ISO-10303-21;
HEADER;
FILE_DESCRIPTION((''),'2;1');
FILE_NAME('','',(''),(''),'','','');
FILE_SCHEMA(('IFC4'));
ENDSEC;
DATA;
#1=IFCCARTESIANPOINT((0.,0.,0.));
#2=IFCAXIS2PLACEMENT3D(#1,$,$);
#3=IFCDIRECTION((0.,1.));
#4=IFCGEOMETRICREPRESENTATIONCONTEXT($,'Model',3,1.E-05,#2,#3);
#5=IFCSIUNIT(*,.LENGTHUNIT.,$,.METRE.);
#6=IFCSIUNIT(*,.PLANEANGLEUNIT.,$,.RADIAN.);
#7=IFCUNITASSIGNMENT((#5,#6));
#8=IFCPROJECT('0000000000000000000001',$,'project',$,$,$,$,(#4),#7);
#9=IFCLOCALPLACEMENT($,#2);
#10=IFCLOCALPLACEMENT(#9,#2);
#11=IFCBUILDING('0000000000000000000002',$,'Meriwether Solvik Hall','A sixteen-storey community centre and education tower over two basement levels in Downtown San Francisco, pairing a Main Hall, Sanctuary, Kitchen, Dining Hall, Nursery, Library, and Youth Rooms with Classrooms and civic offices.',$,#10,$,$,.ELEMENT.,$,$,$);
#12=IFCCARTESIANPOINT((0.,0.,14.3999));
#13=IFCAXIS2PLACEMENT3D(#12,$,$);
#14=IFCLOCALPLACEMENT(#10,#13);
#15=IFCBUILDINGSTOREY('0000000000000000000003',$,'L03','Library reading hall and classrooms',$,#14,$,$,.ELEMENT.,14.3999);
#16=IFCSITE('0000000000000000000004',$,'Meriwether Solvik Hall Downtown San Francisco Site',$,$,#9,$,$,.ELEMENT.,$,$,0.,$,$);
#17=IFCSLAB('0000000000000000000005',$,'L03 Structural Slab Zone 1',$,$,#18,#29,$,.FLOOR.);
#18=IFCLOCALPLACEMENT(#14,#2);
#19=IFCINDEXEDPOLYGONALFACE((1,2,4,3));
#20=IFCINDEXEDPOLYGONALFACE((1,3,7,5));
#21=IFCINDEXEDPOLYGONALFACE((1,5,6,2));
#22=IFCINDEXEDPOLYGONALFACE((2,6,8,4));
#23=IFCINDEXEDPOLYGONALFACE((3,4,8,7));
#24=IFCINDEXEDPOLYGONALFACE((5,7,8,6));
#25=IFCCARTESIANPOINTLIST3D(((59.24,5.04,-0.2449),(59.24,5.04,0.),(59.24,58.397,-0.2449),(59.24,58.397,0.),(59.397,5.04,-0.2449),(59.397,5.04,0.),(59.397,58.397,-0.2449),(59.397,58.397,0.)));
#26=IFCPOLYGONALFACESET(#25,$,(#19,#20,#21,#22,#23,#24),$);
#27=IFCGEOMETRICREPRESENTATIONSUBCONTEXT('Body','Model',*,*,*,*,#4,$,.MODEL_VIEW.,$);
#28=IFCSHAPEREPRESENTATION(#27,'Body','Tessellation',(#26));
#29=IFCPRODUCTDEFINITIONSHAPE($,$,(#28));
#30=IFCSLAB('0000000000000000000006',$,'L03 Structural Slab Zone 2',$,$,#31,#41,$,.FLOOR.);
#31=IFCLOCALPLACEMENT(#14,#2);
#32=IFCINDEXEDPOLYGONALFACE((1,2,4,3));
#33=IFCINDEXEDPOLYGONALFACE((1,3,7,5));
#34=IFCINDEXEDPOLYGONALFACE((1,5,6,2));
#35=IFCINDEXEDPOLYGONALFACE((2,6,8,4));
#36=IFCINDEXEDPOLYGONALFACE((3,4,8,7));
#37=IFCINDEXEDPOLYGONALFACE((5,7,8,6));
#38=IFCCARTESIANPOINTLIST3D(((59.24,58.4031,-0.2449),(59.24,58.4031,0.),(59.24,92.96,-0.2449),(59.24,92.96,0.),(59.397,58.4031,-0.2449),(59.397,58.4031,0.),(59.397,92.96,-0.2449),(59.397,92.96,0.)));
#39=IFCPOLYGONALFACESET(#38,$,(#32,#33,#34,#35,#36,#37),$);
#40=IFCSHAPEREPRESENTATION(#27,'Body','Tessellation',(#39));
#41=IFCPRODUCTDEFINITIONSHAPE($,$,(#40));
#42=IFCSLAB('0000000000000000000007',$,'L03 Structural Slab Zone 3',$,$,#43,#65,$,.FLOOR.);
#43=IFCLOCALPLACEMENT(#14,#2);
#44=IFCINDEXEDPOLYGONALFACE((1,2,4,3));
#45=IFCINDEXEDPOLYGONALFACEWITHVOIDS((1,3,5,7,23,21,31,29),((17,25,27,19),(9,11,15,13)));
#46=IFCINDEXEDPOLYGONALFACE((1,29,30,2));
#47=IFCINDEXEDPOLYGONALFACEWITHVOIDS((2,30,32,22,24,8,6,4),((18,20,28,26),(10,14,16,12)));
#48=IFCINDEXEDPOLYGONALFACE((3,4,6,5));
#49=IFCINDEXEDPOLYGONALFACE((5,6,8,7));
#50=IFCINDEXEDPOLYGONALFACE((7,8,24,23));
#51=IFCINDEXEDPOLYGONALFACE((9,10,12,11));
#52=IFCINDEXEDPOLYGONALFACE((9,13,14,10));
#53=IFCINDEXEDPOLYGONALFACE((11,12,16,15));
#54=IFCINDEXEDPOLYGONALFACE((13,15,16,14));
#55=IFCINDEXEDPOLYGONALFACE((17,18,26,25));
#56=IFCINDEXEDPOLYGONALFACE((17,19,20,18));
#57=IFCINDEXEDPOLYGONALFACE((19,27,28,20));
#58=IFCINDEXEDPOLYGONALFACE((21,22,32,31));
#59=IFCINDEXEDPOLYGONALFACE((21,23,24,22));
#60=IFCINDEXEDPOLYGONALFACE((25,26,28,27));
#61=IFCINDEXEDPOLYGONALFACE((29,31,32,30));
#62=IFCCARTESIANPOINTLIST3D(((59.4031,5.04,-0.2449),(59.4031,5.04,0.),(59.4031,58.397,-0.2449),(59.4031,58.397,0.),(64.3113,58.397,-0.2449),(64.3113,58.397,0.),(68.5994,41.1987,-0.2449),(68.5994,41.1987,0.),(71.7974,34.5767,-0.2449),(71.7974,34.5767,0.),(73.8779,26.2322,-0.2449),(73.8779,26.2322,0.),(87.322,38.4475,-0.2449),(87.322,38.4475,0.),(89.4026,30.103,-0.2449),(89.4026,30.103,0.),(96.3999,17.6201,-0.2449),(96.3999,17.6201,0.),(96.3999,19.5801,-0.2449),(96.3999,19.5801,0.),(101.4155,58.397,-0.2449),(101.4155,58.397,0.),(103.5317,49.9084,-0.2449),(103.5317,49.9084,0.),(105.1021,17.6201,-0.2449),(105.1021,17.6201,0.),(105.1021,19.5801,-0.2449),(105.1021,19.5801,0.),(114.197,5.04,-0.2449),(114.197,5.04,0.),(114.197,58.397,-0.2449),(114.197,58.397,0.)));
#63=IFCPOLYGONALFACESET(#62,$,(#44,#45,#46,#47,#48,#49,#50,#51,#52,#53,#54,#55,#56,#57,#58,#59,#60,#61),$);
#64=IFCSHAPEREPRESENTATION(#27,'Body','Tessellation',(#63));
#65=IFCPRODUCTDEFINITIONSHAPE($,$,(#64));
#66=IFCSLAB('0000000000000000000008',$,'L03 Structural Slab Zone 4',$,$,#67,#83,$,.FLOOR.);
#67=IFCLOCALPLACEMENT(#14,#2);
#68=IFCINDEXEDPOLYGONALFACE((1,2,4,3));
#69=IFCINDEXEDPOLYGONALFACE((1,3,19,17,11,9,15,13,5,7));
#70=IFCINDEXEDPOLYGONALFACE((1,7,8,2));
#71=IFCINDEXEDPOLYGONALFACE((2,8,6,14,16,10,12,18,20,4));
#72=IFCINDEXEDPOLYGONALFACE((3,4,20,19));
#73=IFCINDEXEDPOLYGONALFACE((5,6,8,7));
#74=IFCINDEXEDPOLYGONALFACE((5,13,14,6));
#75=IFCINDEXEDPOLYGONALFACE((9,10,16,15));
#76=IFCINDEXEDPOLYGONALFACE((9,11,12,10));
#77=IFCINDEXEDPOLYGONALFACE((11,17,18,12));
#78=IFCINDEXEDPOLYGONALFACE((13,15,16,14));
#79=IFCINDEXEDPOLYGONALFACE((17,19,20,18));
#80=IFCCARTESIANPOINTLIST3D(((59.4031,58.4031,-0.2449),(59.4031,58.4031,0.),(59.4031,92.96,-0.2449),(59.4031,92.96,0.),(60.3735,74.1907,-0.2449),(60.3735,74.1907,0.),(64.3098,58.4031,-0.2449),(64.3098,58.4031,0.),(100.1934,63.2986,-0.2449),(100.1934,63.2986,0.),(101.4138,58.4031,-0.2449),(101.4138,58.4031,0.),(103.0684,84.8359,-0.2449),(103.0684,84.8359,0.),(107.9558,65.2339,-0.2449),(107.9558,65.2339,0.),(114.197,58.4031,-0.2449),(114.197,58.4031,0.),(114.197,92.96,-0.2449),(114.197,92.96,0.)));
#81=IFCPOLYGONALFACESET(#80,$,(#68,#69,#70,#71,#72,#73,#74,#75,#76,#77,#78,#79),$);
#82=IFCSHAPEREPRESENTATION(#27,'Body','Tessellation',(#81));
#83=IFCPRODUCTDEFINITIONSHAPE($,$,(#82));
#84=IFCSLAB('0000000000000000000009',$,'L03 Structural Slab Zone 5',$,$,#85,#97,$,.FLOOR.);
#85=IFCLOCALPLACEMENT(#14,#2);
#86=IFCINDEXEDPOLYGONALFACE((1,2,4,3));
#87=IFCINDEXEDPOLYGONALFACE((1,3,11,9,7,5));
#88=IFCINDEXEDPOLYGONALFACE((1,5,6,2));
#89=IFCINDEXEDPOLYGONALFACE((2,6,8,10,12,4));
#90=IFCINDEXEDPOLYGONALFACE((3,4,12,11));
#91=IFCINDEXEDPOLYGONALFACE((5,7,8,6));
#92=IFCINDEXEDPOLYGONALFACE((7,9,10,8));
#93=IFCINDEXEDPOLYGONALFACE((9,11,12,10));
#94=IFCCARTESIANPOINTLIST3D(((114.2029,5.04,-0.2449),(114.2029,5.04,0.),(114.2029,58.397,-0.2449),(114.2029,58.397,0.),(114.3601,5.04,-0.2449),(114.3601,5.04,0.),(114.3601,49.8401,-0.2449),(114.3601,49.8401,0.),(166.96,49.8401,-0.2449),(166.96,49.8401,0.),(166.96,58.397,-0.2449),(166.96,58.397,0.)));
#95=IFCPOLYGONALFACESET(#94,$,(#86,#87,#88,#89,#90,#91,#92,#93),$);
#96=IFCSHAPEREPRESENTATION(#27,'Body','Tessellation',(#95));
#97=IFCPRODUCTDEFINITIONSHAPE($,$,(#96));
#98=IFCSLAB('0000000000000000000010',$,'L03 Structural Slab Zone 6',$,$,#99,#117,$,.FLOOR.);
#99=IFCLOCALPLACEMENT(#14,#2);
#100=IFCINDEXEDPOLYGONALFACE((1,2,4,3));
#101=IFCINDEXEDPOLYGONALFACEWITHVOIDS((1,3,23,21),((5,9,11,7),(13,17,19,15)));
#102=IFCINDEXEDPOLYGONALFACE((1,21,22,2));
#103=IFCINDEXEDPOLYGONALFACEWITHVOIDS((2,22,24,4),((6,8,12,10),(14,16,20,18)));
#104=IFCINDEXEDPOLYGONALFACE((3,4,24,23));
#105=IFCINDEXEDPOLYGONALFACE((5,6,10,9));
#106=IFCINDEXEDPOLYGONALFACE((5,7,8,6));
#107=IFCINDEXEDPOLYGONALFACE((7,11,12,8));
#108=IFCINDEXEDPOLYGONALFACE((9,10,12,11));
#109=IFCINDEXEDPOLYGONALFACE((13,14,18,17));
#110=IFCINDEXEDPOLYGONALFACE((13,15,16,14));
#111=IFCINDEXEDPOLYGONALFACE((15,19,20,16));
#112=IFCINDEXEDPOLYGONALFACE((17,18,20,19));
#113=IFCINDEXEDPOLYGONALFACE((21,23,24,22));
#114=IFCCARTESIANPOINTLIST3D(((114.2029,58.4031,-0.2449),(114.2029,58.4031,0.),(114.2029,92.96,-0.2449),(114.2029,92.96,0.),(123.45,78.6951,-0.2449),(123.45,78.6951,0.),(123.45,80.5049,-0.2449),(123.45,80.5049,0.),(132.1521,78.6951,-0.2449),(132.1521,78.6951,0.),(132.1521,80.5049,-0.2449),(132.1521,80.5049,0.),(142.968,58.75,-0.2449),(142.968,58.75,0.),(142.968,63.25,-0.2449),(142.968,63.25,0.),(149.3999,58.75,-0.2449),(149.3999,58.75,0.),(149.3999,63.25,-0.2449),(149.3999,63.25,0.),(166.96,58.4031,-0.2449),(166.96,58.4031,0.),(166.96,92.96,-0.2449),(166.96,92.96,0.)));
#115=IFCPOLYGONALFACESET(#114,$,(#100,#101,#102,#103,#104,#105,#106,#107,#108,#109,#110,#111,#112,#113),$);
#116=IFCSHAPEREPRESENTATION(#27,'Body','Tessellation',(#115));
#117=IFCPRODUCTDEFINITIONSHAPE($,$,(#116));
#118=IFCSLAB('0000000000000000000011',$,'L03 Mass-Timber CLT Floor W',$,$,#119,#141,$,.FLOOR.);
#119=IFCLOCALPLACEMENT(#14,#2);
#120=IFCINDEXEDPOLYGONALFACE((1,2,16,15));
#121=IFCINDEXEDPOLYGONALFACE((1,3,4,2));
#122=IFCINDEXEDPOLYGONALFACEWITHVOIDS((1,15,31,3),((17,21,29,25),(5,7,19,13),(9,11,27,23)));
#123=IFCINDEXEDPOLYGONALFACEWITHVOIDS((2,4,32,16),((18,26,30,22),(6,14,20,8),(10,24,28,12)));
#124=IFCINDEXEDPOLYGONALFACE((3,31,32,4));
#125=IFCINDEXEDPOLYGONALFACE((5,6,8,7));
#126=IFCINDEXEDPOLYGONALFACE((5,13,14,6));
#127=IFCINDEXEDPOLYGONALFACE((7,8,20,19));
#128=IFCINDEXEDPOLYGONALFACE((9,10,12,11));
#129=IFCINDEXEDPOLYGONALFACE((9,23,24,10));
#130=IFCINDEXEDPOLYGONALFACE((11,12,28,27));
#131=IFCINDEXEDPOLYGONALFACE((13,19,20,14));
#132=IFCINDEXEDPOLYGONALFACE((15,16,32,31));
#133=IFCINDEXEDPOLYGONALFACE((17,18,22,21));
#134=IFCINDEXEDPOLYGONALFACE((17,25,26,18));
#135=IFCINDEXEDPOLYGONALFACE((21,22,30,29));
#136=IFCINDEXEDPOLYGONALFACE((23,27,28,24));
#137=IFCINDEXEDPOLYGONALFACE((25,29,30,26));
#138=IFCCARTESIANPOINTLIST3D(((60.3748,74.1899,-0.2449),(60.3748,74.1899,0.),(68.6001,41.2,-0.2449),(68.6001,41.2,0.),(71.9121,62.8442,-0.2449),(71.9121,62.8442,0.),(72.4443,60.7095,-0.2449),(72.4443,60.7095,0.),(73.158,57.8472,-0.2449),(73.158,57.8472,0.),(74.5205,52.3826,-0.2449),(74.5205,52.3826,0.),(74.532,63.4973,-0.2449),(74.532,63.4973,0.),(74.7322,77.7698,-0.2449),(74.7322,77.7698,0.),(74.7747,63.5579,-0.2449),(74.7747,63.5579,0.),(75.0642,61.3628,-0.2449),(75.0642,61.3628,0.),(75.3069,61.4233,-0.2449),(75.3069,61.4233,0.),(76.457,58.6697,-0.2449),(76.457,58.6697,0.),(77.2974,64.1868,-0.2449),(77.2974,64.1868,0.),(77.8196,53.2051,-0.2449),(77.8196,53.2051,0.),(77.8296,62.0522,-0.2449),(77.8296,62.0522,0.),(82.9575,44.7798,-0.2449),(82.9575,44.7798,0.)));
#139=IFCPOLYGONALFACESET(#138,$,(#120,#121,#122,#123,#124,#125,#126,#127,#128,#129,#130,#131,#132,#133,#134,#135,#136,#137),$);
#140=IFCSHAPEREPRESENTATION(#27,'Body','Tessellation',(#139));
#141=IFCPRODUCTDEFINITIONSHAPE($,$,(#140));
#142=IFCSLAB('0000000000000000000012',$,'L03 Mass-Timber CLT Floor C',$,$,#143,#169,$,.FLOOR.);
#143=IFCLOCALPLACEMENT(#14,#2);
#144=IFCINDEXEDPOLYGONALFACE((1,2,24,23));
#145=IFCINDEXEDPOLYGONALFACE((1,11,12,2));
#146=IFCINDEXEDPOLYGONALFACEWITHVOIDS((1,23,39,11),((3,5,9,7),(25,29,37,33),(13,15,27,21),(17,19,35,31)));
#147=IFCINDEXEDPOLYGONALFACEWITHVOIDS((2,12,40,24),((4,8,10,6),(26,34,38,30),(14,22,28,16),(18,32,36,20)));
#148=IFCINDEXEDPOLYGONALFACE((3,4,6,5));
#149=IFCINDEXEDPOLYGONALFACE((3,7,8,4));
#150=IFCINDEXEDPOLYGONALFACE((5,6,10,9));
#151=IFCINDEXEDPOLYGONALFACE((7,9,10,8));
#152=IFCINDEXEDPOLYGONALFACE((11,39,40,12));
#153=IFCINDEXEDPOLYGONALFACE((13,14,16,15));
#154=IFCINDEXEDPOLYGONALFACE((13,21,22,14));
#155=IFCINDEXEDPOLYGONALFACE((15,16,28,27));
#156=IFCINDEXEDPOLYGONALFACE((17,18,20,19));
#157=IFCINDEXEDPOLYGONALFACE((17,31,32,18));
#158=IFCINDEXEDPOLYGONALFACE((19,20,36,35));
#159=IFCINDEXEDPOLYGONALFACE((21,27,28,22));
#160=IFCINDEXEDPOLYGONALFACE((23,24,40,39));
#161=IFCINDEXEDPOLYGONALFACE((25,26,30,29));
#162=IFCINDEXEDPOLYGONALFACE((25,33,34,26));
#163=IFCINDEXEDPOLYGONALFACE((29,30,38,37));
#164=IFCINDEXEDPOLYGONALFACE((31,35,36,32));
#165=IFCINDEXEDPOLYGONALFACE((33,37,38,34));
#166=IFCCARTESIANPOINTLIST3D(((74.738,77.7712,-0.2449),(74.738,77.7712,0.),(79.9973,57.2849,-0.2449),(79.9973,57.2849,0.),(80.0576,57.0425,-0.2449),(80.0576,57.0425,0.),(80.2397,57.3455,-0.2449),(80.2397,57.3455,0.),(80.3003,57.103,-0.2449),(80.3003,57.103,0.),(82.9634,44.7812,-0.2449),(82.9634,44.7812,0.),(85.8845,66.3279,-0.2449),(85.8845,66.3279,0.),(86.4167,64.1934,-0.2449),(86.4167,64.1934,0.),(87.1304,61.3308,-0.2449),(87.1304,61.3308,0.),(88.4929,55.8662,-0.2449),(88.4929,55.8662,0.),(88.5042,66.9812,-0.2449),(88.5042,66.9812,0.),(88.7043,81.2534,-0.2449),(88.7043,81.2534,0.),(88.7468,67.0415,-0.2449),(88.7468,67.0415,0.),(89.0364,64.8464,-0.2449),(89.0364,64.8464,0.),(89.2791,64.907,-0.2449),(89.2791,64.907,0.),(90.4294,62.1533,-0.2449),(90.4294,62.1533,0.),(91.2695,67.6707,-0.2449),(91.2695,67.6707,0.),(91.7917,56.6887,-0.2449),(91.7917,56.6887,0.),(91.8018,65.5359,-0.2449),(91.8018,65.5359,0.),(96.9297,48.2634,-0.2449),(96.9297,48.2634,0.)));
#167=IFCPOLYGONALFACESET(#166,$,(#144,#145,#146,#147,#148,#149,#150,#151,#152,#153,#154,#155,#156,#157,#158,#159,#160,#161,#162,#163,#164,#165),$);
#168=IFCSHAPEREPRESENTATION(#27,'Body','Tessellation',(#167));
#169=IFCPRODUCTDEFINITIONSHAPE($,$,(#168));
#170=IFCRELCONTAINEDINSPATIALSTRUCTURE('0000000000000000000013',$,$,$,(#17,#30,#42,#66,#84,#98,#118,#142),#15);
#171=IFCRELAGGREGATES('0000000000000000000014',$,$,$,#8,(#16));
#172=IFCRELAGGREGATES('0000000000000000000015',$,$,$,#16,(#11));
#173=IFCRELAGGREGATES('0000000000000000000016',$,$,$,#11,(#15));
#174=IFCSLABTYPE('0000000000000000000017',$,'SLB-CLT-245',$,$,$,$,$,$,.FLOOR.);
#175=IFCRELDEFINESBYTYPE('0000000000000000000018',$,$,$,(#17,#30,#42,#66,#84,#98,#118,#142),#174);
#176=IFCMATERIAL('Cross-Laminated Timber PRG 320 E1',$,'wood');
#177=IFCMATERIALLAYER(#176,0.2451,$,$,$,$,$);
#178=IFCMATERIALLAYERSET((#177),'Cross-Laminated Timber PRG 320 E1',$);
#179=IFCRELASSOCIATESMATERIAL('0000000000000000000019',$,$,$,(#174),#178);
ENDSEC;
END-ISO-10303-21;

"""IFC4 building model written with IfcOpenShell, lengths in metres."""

from ifc_helpers import new_model, si_unit, direction, frame, origin, place, context, subcontext, project, spatial, polyline, outline, extrude, material, layer, layer_set, type_object, element, save


model = new_model("IFC4")

# Units and contexts
model_context = context("Model", 3, precision=1e-05, world=origin(), true_north=direction((0.0, 1.0)))
body_context = subcontext(model_context, "Body", "Model", "MODEL_VIEW")
ifc_project = project(units=[si_unit("LENGTHUNIT", "METRE"), si_unit("PLANEANGLEUNIT", "RADIAN")], contexts=[model_context])

# Site, building, storey
site_placement = place(None, origin())
site = spatial("IfcSite", under=ifc_project, at=site_placement, Name="Meriwether Solvik Hall Downtown San Francisco Site", CompositionType="ELEMENT", RefElevation=0.0)
building_placement = place(site_placement, origin())
building = spatial("IfcBuilding", under=site, at=building_placement, Name="Meriwether Solvik Hall", Description="A sixteen-storey community centre and education tower over two basement levels in Downtown San Francisco, pairing a Main Hall, Sanctuary, Kitchen, Dining Hall, Nursery, Library, and Youth Rooms with Classrooms and civic offices.", CompositionType="ELEMENT")
storey_placement = place(building_placement, frame((0.0, 0.0, 14.3999)))
storey = spatial("IfcBuildingStorey", under=building, at=storey_placement, Name="L03", Description="Library reading hall and classrooms", CompositionType="ELEMENT", Elevation=14.3999)

# Slabs
ifc_material_1 = material(Name="Cross-Laminated Timber PRG 320 E1", Category="wood")
ifc_layer_1 = layer(ifc_material_1, 0.2451)
ifc_layer_set_1 = layer_set([ifc_layer_1], Name="Cross-Laminated Timber PRG 320 E1")
slab_type_1 = type_object("IfcSlabType", Name="SLB-CLT-245", PredefinedType="FLOOR", material=ifc_layer_set_1)
slab_1_placement = place(storey_placement, frame((0.0, 0.0, -0.2449)))
element("IfcSlab", 1, at=slab_1_placement, inside=storey, type_object=slab_type_1, Name="L03 Structural Slab Zone 1", PredefinedType="FLOOR", context=body_context, shape_type="SweptSolid", body=[
    extrude(outline(polyline([(59.397, 5.04), (59.24, 5.04), (59.24, 58.397), (59.397, 58.397), (59.397, 5.04)])), origin(), (0.0, 0.0, 1.0), 0.2449),
])
slab_2_placement = place(storey_placement, frame((0.0, 0.0, -0.2449)))
element("IfcSlab", 2, at=slab_2_placement, inside=storey, type_object=slab_type_1, Name="L03 Structural Slab Zone 2", PredefinedType="FLOOR", context=body_context, shape_type="SweptSolid", body=[
    extrude(outline(polyline([(59.24, 58.4031), (59.24, 92.96), (59.397, 92.96), (59.397, 58.4031), (59.24, 58.4031)])), origin(), (0.0, 0.0, 1.0), 0.2449),
])
slab_3_placement = place(storey_placement, frame((0.0, 0.0, -0.2449)))
element("IfcSlab", 3, at=slab_3_placement, inside=storey, type_object=slab_type_1, Name="L03 Structural Slab Zone 3", PredefinedType="FLOOR", context=body_context, shape_type="SweptSolid", body=[
    extrude(outline(polyline([(114.197, 5.04), (59.4031, 5.04), (59.4031, 58.397), (64.3113, 58.397), (68.5994, 41.1987), (103.5317, 49.9084), (101.4155, 58.397), (114.197, 58.397), (114.197, 5.04)]), holes=[polyline([(87.322, 38.4475), (71.7974, 34.5767), (73.8779, 26.2322), (89.4026, 30.103), (87.322, 38.4475)]), polyline([(105.1021, 17.6201), (105.1021, 19.5801), (96.3999, 19.5801), (96.3999, 17.6201), (105.1021, 17.6201)])]), origin(), (0.0, 0.0, 1.0), 0.2449),
])
slab_4_placement = place(storey_placement, frame((0.0, 0.0, -0.2449)))
element("IfcSlab", 4, at=slab_4_placement, inside=storey, type_object=slab_type_1, Name="L03 Structural Slab Zone 4", PredefinedType="FLOOR", context=body_context, shape_type="SweptSolid", body=[
    extrude(outline(polyline([(101.4138, 58.4031), (100.1934, 63.2986), (107.9558, 65.2339), (103.0684, 84.8359), (60.3735, 74.1907), (64.3098, 58.4031), (59.4031, 58.4031), (59.4031, 92.96), (114.197, 92.96), (114.197, 58.4031), (101.4138, 58.4031)])), origin(), (0.0, 0.0, 1.0), 0.2449),
])
slab_5_placement = place(storey_placement, frame((0.0, 0.0, -0.2449)))
element("IfcSlab", 5, at=slab_5_placement, inside=storey, type_object=slab_type_1, Name="L03 Structural Slab Zone 5", PredefinedType="FLOOR", context=body_context, shape_type="SweptSolid", body=[
    extrude(outline(polyline([(166.96, 58.397), (166.96, 49.8401), (114.3601, 49.8401), (114.3601, 5.04), (114.2029, 5.04), (114.2029, 58.397), (166.96, 58.397)])), origin(), (0.0, 0.0, 1.0), 0.2449),
])
slab_6_placement = place(storey_placement, frame((0.0, 0.0, -0.2449)))
element("IfcSlab", 6, at=slab_6_placement, inside=storey, type_object=slab_type_1, Name="L03 Structural Slab Zone 6", PredefinedType="FLOOR", context=body_context, shape_type="SweptSolid", body=[
    extrude(outline(polyline([(114.2029, 92.96), (166.96, 92.96), (166.96, 58.4031), (114.2029, 58.4031), (114.2029, 92.96)]), holes=[polyline([(149.3999, 63.25), (142.968, 63.25), (142.968, 58.75), (149.3999, 58.75), (149.3999, 63.25)]), polyline([(132.1521, 78.6951), (132.1521, 80.5049), (123.45, 80.5049), (123.45, 78.6951), (132.1521, 78.6951)])]), origin(), (0.0, 0.0, 1.0), 0.2449),
])
slab_7_placement = place(storey_placement, frame((0.0, 0.0, -0.2449)))
element("IfcSlab", 7, at=slab_7_placement, inside=storey, type_object=slab_type_1, Name="L03 Mass-Timber CLT Floor W", PredefinedType="FLOOR", context=body_context, shape_type="SweptSolid", body=[
    extrude(outline(polyline([(74.7322, 77.7698), (82.9575, 44.7798), (68.6001, 41.2), (60.3748, 74.1899), (74.7322, 77.7698)]), holes=[polyline([(76.457, 58.6697), (73.158, 57.8472), (74.5205, 52.3826), (77.8196, 53.2051), (76.457, 58.6697)]), polyline([(74.532, 63.4973), (71.9121, 62.8442), (72.4443, 60.7095), (75.0642, 61.3628), (74.532, 63.4973)]), polyline([(77.2974, 64.1868), (74.7747, 63.5579), (75.3069, 61.4233), (77.8296, 62.0522), (77.2974, 64.1868)])]), origin(), (0.0, 0.0, 1.0), 0.2449),
])
slab_8_placement = place(storey_placement, frame((0.0, 0.0, -0.2449)))
element("IfcSlab", 8, at=slab_8_placement, inside=storey, type_object=slab_type_1, Name="L03 Mass-Timber CLT Floor C", PredefinedType="FLOOR", context=body_context, shape_type="SweptSolid", body=[
    extrude(outline(polyline([(88.7043, 81.2534), (96.9297, 48.2634), (82.9634, 44.7812), (74.738, 77.7712), (88.7043, 81.2534)]), holes=[polyline([(80.2397, 57.3455), (79.9973, 57.2849), (80.0576, 57.0425), (80.3003, 57.103), (80.2397, 57.3455)]), polyline([(87.1304, 61.3308), (88.4929, 55.8662), (91.7917, 56.6887), (90.4294, 62.1533), (87.1304, 61.3308)]), polyline([(85.8845, 66.3279), (86.4167, 64.1934), (89.0364, 64.8464), (88.5042, 66.9812), (85.8845, 66.3279)]), polyline([(91.2695, 67.6707), (88.7468, 67.0415), (89.2791, 64.907), (91.8018, 65.5359), (91.2695, 67.6707)])]), origin(), (0.0, 0.0, 1.0), 0.2449),
])

save(model, "model.ifc")
